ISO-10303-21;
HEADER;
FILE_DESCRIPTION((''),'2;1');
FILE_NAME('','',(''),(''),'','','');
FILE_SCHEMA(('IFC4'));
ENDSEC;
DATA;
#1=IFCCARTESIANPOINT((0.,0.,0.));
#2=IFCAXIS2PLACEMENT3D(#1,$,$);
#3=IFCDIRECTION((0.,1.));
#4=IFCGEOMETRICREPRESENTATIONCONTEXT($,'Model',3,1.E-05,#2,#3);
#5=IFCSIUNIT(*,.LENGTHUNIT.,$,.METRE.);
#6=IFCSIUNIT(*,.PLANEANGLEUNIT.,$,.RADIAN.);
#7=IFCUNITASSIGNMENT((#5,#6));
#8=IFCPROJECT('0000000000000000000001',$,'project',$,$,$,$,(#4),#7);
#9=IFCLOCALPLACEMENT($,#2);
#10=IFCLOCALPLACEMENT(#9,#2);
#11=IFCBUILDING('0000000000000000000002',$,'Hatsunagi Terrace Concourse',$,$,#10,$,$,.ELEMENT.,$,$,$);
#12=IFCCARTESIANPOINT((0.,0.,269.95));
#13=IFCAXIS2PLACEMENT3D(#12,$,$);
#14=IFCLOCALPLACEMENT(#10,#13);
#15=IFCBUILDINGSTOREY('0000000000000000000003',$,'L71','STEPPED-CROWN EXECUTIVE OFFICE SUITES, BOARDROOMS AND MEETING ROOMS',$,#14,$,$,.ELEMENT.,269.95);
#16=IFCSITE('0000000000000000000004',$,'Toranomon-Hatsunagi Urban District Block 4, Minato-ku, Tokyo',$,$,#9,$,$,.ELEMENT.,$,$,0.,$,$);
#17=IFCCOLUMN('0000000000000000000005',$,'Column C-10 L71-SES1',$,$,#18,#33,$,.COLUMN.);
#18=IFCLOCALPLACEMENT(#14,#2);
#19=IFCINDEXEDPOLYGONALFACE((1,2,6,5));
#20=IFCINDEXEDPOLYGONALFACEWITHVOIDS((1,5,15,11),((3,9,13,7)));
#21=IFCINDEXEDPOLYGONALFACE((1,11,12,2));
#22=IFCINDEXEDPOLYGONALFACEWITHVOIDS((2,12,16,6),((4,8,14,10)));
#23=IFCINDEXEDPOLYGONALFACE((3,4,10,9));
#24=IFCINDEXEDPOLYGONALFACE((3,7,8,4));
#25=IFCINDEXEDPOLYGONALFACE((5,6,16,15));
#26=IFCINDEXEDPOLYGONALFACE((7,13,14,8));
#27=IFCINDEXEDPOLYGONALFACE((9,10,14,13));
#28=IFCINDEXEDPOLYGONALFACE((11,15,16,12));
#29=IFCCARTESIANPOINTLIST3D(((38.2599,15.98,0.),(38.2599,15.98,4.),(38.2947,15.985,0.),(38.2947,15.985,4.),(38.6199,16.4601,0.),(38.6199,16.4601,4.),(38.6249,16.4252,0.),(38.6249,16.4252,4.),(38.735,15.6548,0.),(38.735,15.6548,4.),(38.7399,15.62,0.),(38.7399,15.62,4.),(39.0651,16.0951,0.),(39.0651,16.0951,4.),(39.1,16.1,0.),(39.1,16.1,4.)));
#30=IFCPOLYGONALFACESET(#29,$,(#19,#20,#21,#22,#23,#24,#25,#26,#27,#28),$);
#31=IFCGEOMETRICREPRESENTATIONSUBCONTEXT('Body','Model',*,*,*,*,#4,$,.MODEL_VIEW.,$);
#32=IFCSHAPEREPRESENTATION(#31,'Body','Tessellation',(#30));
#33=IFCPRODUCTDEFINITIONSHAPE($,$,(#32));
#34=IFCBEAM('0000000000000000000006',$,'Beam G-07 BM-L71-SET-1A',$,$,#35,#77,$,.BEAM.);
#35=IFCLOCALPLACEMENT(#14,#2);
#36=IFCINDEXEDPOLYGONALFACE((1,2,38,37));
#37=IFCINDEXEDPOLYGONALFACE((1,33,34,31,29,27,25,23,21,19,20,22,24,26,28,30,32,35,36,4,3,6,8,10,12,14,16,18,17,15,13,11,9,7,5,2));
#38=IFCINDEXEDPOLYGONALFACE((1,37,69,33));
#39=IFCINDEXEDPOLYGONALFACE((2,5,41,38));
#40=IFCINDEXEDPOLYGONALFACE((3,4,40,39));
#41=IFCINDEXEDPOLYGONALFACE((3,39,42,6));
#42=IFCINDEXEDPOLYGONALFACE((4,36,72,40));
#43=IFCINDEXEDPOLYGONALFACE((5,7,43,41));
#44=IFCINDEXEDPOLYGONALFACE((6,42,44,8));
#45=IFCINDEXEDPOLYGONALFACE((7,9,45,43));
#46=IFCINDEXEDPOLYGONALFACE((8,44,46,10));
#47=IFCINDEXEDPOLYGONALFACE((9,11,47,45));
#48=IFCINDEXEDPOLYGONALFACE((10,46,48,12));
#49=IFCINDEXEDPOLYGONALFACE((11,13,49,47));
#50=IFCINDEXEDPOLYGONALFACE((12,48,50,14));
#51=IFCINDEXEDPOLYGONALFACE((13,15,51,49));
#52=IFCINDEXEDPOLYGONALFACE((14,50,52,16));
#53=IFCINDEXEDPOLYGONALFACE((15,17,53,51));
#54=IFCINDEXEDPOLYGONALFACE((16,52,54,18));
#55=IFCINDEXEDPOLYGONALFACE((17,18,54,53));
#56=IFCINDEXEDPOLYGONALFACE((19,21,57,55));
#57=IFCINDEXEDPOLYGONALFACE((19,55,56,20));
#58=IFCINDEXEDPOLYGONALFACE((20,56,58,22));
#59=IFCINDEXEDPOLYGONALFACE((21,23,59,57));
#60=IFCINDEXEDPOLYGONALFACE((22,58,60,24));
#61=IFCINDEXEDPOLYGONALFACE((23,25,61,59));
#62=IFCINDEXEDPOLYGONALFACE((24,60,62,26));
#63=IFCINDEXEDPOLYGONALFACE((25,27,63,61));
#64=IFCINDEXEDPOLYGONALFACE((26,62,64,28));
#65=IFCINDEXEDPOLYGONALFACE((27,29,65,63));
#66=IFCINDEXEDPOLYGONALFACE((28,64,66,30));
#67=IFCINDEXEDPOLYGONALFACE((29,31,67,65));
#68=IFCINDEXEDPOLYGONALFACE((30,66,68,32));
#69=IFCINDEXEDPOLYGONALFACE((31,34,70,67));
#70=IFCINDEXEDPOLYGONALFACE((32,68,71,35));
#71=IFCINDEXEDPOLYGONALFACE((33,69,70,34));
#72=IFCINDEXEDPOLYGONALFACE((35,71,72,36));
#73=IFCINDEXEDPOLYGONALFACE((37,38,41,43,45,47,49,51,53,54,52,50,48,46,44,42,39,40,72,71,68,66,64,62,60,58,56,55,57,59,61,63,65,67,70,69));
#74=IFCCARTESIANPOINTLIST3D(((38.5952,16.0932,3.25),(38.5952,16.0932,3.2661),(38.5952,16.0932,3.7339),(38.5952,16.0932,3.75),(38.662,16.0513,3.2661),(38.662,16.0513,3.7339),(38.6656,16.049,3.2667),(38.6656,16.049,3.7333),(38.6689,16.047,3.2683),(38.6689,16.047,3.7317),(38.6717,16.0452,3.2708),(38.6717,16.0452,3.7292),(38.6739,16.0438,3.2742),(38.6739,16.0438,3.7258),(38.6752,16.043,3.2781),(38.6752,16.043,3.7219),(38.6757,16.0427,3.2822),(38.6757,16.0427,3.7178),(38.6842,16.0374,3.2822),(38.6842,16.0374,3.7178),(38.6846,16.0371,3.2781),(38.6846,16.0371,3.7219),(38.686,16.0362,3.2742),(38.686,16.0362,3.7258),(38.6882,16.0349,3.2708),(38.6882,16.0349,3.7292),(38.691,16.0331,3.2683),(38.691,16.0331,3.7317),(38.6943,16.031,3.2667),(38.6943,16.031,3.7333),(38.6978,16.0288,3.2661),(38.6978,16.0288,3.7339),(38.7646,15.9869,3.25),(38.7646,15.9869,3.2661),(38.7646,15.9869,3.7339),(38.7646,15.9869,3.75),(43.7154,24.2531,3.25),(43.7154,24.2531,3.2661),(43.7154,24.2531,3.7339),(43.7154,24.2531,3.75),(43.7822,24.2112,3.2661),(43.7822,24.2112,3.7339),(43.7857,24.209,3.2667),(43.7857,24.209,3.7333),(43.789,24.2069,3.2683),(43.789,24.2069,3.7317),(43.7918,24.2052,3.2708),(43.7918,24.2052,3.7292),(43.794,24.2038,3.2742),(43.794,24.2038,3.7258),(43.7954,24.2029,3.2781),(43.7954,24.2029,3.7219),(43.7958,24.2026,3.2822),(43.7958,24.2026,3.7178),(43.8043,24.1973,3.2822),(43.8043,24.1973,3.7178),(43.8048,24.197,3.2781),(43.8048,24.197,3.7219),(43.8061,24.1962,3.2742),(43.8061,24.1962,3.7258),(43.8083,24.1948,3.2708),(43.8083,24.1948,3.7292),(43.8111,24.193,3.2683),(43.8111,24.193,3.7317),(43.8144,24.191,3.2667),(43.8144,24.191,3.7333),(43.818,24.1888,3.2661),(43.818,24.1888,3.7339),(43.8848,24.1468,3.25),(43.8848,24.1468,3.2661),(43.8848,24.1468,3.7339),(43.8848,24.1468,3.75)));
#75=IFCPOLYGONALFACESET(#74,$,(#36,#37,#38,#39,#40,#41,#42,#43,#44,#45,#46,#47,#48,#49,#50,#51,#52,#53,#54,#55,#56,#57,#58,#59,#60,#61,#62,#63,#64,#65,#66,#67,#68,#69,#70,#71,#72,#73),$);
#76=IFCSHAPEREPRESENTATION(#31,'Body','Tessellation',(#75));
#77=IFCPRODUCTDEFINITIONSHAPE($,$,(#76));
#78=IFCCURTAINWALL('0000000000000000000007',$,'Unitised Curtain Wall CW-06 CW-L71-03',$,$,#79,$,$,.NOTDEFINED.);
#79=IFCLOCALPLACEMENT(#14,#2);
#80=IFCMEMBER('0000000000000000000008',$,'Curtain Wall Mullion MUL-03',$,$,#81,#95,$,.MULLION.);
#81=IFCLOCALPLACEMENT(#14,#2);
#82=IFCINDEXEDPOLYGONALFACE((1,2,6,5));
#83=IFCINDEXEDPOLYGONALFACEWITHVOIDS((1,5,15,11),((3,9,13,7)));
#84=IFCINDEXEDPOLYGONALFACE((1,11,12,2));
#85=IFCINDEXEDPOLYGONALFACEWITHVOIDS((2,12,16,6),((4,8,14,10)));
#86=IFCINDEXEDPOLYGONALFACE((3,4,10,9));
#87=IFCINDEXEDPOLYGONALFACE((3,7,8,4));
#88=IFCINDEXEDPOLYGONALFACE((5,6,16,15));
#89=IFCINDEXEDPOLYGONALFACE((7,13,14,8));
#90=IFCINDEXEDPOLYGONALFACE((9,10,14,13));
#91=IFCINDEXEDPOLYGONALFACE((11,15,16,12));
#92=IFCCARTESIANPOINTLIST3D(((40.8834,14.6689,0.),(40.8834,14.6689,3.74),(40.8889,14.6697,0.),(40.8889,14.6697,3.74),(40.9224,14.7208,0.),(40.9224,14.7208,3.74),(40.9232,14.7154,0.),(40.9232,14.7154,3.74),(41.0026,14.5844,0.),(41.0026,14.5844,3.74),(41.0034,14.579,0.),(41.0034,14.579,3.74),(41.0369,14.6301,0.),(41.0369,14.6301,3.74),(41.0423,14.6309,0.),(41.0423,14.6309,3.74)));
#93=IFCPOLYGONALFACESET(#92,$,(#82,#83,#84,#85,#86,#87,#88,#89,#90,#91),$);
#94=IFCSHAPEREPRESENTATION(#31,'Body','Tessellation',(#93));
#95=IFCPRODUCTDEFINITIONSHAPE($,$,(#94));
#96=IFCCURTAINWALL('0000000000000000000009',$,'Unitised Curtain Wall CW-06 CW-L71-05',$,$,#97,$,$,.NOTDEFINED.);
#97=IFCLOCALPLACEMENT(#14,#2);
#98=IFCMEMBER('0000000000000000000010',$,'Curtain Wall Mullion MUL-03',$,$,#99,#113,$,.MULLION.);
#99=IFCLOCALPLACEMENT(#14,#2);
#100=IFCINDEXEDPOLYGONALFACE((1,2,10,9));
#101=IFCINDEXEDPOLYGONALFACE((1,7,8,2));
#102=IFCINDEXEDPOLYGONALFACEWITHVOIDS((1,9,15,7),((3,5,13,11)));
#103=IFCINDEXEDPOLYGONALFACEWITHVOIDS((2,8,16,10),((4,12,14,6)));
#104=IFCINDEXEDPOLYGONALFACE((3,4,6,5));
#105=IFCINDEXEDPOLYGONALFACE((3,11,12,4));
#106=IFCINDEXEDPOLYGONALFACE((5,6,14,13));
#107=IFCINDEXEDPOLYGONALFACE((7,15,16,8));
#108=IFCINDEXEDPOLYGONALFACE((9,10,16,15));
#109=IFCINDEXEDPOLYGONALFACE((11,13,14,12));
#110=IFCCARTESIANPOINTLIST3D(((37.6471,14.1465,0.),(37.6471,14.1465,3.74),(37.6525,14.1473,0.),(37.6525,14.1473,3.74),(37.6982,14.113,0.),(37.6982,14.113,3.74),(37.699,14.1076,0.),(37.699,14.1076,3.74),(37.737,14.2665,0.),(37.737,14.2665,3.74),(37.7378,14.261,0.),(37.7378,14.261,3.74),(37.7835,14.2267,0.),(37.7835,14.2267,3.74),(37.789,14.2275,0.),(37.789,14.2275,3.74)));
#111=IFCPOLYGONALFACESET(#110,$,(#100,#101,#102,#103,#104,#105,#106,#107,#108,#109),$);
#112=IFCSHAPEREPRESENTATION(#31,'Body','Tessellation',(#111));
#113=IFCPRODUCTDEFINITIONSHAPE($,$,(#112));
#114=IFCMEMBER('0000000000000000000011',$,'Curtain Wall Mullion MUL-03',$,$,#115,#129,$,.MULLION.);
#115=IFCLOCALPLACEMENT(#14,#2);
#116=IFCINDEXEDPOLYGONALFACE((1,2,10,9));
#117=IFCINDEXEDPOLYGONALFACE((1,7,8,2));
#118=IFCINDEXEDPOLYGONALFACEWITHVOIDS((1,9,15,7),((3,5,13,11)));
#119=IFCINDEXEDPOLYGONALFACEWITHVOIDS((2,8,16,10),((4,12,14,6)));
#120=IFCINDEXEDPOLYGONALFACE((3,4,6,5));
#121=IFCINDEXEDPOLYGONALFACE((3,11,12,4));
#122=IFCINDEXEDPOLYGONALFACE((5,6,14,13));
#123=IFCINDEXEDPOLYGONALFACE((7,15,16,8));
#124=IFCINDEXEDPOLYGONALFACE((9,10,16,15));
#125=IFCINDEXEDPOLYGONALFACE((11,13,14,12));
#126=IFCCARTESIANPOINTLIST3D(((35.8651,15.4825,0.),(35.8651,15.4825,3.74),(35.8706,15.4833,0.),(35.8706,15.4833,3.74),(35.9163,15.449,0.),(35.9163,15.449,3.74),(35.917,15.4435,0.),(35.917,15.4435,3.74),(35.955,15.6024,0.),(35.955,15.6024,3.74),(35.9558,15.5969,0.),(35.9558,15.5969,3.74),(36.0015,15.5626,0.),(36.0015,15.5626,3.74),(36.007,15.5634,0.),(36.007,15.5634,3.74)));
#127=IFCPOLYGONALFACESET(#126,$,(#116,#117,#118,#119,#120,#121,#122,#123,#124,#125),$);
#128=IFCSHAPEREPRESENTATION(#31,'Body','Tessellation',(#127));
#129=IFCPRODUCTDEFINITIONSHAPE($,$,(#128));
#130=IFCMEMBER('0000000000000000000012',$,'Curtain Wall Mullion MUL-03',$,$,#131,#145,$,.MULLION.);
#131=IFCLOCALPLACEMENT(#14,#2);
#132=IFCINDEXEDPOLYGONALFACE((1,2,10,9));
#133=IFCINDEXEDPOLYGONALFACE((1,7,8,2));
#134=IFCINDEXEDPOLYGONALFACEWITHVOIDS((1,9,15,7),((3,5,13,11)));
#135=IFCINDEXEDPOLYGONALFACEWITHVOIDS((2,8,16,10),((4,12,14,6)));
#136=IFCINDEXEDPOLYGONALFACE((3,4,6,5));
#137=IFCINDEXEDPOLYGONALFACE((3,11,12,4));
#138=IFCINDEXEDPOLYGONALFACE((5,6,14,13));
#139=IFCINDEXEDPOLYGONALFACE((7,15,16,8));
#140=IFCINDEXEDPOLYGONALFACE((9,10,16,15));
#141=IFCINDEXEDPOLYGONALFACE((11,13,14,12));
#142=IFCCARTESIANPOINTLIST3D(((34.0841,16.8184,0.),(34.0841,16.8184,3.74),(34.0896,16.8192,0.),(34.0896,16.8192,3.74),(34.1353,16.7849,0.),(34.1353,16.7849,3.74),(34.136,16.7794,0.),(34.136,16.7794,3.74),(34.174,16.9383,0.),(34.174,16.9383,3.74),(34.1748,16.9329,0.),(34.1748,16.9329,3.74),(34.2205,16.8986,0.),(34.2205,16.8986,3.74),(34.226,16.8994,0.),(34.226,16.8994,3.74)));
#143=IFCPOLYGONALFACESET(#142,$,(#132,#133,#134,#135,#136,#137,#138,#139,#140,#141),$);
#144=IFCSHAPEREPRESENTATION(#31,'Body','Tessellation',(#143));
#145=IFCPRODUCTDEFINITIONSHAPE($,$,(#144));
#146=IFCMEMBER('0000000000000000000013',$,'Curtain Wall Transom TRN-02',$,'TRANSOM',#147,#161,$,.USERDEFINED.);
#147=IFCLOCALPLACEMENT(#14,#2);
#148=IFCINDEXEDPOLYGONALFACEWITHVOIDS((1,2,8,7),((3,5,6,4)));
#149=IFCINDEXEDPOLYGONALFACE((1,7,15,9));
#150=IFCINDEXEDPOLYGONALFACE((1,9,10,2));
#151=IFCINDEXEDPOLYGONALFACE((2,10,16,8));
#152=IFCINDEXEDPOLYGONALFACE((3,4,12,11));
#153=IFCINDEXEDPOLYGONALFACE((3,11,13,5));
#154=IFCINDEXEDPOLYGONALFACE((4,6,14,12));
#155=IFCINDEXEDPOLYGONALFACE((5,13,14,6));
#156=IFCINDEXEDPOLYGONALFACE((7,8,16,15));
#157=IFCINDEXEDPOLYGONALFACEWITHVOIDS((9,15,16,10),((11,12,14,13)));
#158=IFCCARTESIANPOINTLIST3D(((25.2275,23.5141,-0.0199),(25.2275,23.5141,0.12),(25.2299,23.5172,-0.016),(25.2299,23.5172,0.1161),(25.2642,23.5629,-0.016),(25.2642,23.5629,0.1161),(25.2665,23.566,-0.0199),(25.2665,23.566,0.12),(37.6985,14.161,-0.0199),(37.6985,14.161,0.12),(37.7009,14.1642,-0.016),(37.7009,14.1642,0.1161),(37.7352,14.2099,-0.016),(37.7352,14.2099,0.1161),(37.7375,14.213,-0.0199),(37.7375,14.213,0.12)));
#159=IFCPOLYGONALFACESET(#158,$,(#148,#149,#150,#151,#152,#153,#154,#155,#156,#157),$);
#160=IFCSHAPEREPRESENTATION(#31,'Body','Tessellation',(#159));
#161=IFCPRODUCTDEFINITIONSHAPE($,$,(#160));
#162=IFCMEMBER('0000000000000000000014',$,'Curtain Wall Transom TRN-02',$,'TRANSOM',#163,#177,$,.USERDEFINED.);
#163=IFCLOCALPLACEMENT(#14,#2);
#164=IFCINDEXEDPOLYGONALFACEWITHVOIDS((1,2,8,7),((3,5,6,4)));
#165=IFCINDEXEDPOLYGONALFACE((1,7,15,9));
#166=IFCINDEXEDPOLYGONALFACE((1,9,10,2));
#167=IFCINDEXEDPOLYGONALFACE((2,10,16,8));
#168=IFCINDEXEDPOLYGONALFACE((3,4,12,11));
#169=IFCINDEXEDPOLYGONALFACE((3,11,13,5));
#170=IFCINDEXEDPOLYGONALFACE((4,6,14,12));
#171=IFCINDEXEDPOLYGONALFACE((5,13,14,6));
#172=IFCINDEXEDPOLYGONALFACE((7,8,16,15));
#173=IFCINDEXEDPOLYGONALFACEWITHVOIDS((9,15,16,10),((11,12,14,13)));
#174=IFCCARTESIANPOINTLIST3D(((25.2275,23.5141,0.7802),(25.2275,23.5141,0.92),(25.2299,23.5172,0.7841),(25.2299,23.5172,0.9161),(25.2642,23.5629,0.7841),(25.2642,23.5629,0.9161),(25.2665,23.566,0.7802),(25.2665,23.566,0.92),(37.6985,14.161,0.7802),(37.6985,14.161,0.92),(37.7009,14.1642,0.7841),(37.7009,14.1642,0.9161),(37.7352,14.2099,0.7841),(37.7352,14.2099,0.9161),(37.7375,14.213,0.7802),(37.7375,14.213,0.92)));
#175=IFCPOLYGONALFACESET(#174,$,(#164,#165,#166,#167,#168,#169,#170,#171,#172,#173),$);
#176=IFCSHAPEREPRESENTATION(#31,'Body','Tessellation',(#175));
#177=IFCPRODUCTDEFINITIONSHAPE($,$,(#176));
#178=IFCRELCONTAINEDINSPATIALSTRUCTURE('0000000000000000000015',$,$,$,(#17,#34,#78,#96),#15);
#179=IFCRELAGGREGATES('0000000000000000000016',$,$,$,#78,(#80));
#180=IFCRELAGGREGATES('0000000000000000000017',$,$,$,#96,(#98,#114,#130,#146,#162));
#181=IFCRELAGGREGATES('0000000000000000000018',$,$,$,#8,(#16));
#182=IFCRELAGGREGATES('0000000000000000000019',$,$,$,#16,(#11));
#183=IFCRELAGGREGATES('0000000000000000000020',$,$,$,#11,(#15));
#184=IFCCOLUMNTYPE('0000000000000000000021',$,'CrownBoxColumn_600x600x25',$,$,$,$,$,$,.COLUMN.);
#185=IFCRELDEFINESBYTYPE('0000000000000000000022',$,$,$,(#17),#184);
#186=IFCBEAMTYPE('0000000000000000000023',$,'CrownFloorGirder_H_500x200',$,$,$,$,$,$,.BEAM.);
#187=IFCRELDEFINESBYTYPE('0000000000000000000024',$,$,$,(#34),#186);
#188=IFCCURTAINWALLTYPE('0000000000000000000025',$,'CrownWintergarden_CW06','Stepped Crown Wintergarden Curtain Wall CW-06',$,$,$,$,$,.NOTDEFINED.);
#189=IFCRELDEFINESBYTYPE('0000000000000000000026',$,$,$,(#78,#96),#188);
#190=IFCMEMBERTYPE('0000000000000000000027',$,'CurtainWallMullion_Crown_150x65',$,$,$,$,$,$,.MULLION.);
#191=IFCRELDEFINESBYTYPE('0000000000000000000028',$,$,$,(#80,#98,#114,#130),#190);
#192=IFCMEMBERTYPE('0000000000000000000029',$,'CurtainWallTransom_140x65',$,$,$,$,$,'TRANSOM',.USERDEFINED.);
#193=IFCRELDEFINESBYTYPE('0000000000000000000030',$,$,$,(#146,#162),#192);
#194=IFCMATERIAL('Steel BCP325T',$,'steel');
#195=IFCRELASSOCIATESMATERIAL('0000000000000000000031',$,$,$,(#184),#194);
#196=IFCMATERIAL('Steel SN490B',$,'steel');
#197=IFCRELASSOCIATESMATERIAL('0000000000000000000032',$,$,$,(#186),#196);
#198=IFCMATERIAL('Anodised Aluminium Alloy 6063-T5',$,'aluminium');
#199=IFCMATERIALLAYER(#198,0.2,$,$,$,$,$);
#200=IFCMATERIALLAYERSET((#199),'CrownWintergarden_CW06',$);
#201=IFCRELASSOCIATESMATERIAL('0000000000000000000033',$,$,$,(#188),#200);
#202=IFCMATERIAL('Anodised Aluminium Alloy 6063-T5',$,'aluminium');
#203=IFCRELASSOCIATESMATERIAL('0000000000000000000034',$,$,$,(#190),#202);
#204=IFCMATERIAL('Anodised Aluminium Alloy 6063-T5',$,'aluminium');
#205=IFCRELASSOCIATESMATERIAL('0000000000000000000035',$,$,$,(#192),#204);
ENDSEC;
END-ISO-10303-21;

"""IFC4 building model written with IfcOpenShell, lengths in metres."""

from ifc_helpers import new_model, si_unit, direction, frame, origin, origin_2d, place, context, subcontext, project, spatial, hollow_rectangle, i_section, extrude, material, layer, layer_set, material_profile, profile_set, type_object, element, aggregate, save


model = new_model("IFC4")

# Units and contexts
model_context = context("Model", 3, precision=1e-05, world=origin(), true_north=direction((0.0, 1.0)))
body_context = subcontext(model_context, "Body", "Model", "MODEL_VIEW")
ifc_project = project(units=[si_unit("LENGTHUNIT", "METRE"), si_unit("PLANEANGLEUNIT", "RADIAN")], contexts=[model_context])

# Site, building, storey
site_placement = place(None, origin())
site = spatial("IfcSite", under=ifc_project, at=site_placement, Name="Toranomon-Hatsunagi Urban District Block 4, Minato-ku, Tokyo", CompositionType="ELEMENT", RefElevation=0.0)
building_placement = place(site_placement, origin())
building = spatial("IfcBuilding", under=site, at=building_placement, Name="Hatsunagi Terrace Concourse", CompositionType="ELEMENT")
storey_placement = place(building_placement, frame((0.0, 0.0, 269.95)))
storey = spatial("IfcBuildingStorey", under=building, at=storey_placement, Name="L71", Description="STEPPED-CROWN EXECUTIVE OFFICE SUITES, BOARDROOMS AND MEETING ROOMS", CompositionType="ELEMENT", Elevation=269.95)

# Column
ifc_material_1 = material(Name="Steel BCP325T", Category="steel")
ifc_material_profile_1 = material_profile(ifc_material_1, hollow_rectangle(XDim=0.6001, YDim=0.6001, WallThickness=0.0249, at=origin_2d()), Name="BCP-600x600x25")
ifc_profile_set_1 = profile_set([ifc_material_profile_1], Name="Steel BCP325T")
column_type = type_object("IfcColumnType", Name="CrownBoxColumn_600x600x25", PredefinedType="COLUMN", material=ifc_profile_set_1)
column_placement = place(storey_placement, frame((38.6799, 16.04, 0.0), z_axis=(0.0, 0.0, 1.0), x_axis=(0.8, -0.6, 0.0)))
element("IfcColumn", 1, at=column_placement, inside=storey, type_object=column_type, Name="Column C-10 L71-SES1", PredefinedType="COLUMN", context=body_context, shape_type="SweptSolid", body=[
    extrude(hollow_rectangle(XDim=0.6001, YDim=0.6001, WallThickness=0.0249, at=origin_2d()), origin(), (0.0, 0.0, 1.0), 4.0),
])

# Beam
ifc_material_2 = material(Name="Steel SN490B", Category="steel")
ifc_material_profile_2 = material_profile(ifc_material_2, i_section(OverallWidth=0.2, OverallDepth=0.5, WebThickness=0.01, FlangeThickness=0.0161, FilletRadius=0.0161, at=origin_2d()), Name="H-500x200x10x16")
ifc_profile_set_2 = profile_set([ifc_material_profile_2], Name="Steel SN490B")
beam_type = type_object("IfcBeamType", Name="CrownFloorGirder_H_500x200", PredefinedType="BEAM", material=ifc_profile_set_2)
beam_placement = place(storey_placement, frame((38.6799, 16.04, 3.5), z_axis=(0.531504, 0.847056, 0.0), x_axis=(-0.847056, 0.531504, 0.0)))
element("IfcBeam", 2, at=beam_placement, inside=storey, type_object=beam_type, Name="Beam G-07 BM-L71-SET-1A", PredefinedType="BEAM", context=body_context, shape_type="SweptSolid", body=[
    extrude(i_section(OverallWidth=0.2, OverallDepth=0.5, WebThickness=0.01, FlangeThickness=0.0161, FilletRadius=0.0161, at=origin_2d()), origin(), (0.0, 0.0, 1.0), 9.6333),
])

# Curtain wall, member
ifc_material_3 = material(Name="Anodised Aluminium Alloy 6063-T5", Category="aluminium")
ifc_layer_1 = layer(ifc_material_3, 0.2)
ifc_layer_set_1 = layer_set([ifc_layer_1], Name="CrownWintergarden_CW06")
curtain_wall_type = type_object("IfcCurtainWallType", Name="CrownWintergarden_CW06", Description="Stepped Crown Wintergarden Curtain Wall CW-06", PredefinedType="NOTDEFINED", material=ifc_layer_set_1)
curtain_wall_1_placement = place(storey_placement, origin())
curtain_wall_1 = element("IfcCurtainWall", 3, at=curtain_wall_1_placement, inside=storey, type_object=curtain_wall_type, Name="Unitised Curtain Wall CW-06 CW-L71-03", PredefinedType="NOTDEFINED")
ifc_material_4 = material(Name="Anodised Aluminium Alloy 6063-T5", Category="aluminium")
ifc_material_profile_3 = material_profile(ifc_material_4, hollow_rectangle(XDim=0.0649, YDim=0.1499, WallThickness=0.0039, at=origin_2d()), Name="ALU-MUL-150x65x4")
ifc_profile_set_3 = profile_set([ifc_material_profile_3], Name="Anodised Aluminium Alloy 6063-T5")
member_type_1 = type_object("IfcMemberType", Name="CurtainWallMullion_Crown_150x65", PredefinedType="MULLION", material=ifc_profile_set_3)
member_1_placement = place(storey_placement, frame((40.9629, 14.6499, 0.0), z_axis=(0.0, 0.0, 1.0), x_axis=(-0.599969, -0.800023, 0.0)))
member_1 = element("IfcMember", 4, at=member_1_placement, type_object=member_type_1, Name="Curtain Wall Mullion MUL-03", PredefinedType="MULLION", context=body_context, shape_type="SweptSolid", body=[
    extrude(hollow_rectangle(XDim=0.0649, YDim=0.1499, WallThickness=0.0039, at=origin_2d()), origin(), (0.0, 0.0, 1.0), 3.74),
])
aggregate(curtain_wall_1, [member_1])

# Curtain wall, members
curtain_wall_2_placement = place(storey_placement, origin())
curtain_wall_2 = element("IfcCurtainWall", 5, at=curtain_wall_2_placement, inside=storey, type_object=curtain_wall_type, Name="Unitised Curtain Wall CW-06 CW-L71-05", PredefinedType="NOTDEFINED")
member_2_placement = place(storey_placement, frame((37.718, 14.187, 0.0), z_axis=(0.0, 0.0, 1.0), x_axis=(-0.800007, 0.59999, 0.0)))
member_2 = element("IfcMember", 6, at=member_2_placement, type_object=member_type_1, Name="Curtain Wall Mullion MUL-03", PredefinedType="MULLION", context=body_context, shape_type="SweptSolid", body=[
    extrude(hollow_rectangle(XDim=0.0649, YDim=0.1499, WallThickness=0.0039, at=origin_2d()), origin(), (0.0, 0.0, 1.0), 3.74),
])
member_3_placement = place(storey_placement, frame((35.936, 15.5229, 0.0), z_axis=(0.0, 0.0, 1.0), x_axis=(-0.800007, 0.59999, 0.0)))
member_3 = element("IfcMember", 7, at=member_3_placement, type_object=member_type_1, Name="Curtain Wall Mullion MUL-03", PredefinedType="MULLION", context=body_context, shape_type="SweptSolid", body=[
    extrude(hollow_rectangle(XDim=0.0649, YDim=0.1499, WallThickness=0.0039, at=origin_2d()), origin(), (0.0, 0.0, 1.0), 3.74),
])
member_4_placement = place(storey_placement, frame((34.155, 16.8589, 0.0), z_axis=(0.0, 0.0, 1.0), x_axis=(-0.800007, 0.59999, 0.0)))
member_4 = element("IfcMember", 8, at=member_4_placement, type_object=member_type_1, Name="Curtain Wall Mullion MUL-03", PredefinedType="MULLION", context=body_context, shape_type="SweptSolid", body=[
    extrude(hollow_rectangle(XDim=0.0649, YDim=0.1499, WallThickness=0.0039, at=origin_2d()), origin(), (0.0, 0.0, 1.0), 3.74),
])
ifc_material_5 = material(Name="Anodised Aluminium Alloy 6063-T5", Category="aluminium")
ifc_material_profile_4 = material_profile(ifc_material_5, hollow_rectangle(XDim=0.0649, YDim=0.1399, WallThickness=0.0039, at=origin_2d()), Name="ALU-TRN-140x65x4")
ifc_profile_set_4 = profile_set([ifc_material_profile_4], Name="Anodised Aluminium Alloy 6063-T5")
member_type_2 = type_object("IfcMemberType", Name="CurtainWallTransom_140x65", ElementType="TRANSOM", PredefinedType="USERDEFINED", material=ifc_profile_set_4)
member_5_placement = place(storey_placement, frame((37.718, 14.187, 0.05), z_axis=(-0.800006, 0.599992, 0.0), x_axis=(-0.599992, -0.800006, 0.0)))
member_5 = element("IfcMember", 9, at=member_5_placement, type_object=member_type_2, Name="Curtain Wall Transom TRN-02", ObjectType="TRANSOM", PredefinedType="USERDEFINED", context=body_context, shape_type="SweptSolid", body=[
    extrude(hollow_rectangle(XDim=0.0649, YDim=0.1399, WallThickness=0.0039, at=origin_2d()), origin(), (0.0, 0.0, 1.0), 15.5886),
])
member_6_placement = place(storey_placement, frame((37.718, 14.187, 0.8501), z_axis=(-0.800006, 0.599992, 0.0), x_axis=(-0.599992, -0.800006, 0.0)))
member_6 = element("IfcMember", 10, at=member_6_placement, type_object=member_type_2, Name="Curtain Wall Transom TRN-02", ObjectType="TRANSOM", PredefinedType="USERDEFINED", context=body_context, shape_type="SweptSolid", body=[
    extrude(hollow_rectangle(XDim=0.0649, YDim=0.1399, WallThickness=0.0039, at=origin_2d()), origin(), (0.0, 0.0, 1.0), 15.5886),
])
aggregate(curtain_wall_2, [member_2, member_3, member_4, member_5, member_6])

save(model, "model.ifc")
